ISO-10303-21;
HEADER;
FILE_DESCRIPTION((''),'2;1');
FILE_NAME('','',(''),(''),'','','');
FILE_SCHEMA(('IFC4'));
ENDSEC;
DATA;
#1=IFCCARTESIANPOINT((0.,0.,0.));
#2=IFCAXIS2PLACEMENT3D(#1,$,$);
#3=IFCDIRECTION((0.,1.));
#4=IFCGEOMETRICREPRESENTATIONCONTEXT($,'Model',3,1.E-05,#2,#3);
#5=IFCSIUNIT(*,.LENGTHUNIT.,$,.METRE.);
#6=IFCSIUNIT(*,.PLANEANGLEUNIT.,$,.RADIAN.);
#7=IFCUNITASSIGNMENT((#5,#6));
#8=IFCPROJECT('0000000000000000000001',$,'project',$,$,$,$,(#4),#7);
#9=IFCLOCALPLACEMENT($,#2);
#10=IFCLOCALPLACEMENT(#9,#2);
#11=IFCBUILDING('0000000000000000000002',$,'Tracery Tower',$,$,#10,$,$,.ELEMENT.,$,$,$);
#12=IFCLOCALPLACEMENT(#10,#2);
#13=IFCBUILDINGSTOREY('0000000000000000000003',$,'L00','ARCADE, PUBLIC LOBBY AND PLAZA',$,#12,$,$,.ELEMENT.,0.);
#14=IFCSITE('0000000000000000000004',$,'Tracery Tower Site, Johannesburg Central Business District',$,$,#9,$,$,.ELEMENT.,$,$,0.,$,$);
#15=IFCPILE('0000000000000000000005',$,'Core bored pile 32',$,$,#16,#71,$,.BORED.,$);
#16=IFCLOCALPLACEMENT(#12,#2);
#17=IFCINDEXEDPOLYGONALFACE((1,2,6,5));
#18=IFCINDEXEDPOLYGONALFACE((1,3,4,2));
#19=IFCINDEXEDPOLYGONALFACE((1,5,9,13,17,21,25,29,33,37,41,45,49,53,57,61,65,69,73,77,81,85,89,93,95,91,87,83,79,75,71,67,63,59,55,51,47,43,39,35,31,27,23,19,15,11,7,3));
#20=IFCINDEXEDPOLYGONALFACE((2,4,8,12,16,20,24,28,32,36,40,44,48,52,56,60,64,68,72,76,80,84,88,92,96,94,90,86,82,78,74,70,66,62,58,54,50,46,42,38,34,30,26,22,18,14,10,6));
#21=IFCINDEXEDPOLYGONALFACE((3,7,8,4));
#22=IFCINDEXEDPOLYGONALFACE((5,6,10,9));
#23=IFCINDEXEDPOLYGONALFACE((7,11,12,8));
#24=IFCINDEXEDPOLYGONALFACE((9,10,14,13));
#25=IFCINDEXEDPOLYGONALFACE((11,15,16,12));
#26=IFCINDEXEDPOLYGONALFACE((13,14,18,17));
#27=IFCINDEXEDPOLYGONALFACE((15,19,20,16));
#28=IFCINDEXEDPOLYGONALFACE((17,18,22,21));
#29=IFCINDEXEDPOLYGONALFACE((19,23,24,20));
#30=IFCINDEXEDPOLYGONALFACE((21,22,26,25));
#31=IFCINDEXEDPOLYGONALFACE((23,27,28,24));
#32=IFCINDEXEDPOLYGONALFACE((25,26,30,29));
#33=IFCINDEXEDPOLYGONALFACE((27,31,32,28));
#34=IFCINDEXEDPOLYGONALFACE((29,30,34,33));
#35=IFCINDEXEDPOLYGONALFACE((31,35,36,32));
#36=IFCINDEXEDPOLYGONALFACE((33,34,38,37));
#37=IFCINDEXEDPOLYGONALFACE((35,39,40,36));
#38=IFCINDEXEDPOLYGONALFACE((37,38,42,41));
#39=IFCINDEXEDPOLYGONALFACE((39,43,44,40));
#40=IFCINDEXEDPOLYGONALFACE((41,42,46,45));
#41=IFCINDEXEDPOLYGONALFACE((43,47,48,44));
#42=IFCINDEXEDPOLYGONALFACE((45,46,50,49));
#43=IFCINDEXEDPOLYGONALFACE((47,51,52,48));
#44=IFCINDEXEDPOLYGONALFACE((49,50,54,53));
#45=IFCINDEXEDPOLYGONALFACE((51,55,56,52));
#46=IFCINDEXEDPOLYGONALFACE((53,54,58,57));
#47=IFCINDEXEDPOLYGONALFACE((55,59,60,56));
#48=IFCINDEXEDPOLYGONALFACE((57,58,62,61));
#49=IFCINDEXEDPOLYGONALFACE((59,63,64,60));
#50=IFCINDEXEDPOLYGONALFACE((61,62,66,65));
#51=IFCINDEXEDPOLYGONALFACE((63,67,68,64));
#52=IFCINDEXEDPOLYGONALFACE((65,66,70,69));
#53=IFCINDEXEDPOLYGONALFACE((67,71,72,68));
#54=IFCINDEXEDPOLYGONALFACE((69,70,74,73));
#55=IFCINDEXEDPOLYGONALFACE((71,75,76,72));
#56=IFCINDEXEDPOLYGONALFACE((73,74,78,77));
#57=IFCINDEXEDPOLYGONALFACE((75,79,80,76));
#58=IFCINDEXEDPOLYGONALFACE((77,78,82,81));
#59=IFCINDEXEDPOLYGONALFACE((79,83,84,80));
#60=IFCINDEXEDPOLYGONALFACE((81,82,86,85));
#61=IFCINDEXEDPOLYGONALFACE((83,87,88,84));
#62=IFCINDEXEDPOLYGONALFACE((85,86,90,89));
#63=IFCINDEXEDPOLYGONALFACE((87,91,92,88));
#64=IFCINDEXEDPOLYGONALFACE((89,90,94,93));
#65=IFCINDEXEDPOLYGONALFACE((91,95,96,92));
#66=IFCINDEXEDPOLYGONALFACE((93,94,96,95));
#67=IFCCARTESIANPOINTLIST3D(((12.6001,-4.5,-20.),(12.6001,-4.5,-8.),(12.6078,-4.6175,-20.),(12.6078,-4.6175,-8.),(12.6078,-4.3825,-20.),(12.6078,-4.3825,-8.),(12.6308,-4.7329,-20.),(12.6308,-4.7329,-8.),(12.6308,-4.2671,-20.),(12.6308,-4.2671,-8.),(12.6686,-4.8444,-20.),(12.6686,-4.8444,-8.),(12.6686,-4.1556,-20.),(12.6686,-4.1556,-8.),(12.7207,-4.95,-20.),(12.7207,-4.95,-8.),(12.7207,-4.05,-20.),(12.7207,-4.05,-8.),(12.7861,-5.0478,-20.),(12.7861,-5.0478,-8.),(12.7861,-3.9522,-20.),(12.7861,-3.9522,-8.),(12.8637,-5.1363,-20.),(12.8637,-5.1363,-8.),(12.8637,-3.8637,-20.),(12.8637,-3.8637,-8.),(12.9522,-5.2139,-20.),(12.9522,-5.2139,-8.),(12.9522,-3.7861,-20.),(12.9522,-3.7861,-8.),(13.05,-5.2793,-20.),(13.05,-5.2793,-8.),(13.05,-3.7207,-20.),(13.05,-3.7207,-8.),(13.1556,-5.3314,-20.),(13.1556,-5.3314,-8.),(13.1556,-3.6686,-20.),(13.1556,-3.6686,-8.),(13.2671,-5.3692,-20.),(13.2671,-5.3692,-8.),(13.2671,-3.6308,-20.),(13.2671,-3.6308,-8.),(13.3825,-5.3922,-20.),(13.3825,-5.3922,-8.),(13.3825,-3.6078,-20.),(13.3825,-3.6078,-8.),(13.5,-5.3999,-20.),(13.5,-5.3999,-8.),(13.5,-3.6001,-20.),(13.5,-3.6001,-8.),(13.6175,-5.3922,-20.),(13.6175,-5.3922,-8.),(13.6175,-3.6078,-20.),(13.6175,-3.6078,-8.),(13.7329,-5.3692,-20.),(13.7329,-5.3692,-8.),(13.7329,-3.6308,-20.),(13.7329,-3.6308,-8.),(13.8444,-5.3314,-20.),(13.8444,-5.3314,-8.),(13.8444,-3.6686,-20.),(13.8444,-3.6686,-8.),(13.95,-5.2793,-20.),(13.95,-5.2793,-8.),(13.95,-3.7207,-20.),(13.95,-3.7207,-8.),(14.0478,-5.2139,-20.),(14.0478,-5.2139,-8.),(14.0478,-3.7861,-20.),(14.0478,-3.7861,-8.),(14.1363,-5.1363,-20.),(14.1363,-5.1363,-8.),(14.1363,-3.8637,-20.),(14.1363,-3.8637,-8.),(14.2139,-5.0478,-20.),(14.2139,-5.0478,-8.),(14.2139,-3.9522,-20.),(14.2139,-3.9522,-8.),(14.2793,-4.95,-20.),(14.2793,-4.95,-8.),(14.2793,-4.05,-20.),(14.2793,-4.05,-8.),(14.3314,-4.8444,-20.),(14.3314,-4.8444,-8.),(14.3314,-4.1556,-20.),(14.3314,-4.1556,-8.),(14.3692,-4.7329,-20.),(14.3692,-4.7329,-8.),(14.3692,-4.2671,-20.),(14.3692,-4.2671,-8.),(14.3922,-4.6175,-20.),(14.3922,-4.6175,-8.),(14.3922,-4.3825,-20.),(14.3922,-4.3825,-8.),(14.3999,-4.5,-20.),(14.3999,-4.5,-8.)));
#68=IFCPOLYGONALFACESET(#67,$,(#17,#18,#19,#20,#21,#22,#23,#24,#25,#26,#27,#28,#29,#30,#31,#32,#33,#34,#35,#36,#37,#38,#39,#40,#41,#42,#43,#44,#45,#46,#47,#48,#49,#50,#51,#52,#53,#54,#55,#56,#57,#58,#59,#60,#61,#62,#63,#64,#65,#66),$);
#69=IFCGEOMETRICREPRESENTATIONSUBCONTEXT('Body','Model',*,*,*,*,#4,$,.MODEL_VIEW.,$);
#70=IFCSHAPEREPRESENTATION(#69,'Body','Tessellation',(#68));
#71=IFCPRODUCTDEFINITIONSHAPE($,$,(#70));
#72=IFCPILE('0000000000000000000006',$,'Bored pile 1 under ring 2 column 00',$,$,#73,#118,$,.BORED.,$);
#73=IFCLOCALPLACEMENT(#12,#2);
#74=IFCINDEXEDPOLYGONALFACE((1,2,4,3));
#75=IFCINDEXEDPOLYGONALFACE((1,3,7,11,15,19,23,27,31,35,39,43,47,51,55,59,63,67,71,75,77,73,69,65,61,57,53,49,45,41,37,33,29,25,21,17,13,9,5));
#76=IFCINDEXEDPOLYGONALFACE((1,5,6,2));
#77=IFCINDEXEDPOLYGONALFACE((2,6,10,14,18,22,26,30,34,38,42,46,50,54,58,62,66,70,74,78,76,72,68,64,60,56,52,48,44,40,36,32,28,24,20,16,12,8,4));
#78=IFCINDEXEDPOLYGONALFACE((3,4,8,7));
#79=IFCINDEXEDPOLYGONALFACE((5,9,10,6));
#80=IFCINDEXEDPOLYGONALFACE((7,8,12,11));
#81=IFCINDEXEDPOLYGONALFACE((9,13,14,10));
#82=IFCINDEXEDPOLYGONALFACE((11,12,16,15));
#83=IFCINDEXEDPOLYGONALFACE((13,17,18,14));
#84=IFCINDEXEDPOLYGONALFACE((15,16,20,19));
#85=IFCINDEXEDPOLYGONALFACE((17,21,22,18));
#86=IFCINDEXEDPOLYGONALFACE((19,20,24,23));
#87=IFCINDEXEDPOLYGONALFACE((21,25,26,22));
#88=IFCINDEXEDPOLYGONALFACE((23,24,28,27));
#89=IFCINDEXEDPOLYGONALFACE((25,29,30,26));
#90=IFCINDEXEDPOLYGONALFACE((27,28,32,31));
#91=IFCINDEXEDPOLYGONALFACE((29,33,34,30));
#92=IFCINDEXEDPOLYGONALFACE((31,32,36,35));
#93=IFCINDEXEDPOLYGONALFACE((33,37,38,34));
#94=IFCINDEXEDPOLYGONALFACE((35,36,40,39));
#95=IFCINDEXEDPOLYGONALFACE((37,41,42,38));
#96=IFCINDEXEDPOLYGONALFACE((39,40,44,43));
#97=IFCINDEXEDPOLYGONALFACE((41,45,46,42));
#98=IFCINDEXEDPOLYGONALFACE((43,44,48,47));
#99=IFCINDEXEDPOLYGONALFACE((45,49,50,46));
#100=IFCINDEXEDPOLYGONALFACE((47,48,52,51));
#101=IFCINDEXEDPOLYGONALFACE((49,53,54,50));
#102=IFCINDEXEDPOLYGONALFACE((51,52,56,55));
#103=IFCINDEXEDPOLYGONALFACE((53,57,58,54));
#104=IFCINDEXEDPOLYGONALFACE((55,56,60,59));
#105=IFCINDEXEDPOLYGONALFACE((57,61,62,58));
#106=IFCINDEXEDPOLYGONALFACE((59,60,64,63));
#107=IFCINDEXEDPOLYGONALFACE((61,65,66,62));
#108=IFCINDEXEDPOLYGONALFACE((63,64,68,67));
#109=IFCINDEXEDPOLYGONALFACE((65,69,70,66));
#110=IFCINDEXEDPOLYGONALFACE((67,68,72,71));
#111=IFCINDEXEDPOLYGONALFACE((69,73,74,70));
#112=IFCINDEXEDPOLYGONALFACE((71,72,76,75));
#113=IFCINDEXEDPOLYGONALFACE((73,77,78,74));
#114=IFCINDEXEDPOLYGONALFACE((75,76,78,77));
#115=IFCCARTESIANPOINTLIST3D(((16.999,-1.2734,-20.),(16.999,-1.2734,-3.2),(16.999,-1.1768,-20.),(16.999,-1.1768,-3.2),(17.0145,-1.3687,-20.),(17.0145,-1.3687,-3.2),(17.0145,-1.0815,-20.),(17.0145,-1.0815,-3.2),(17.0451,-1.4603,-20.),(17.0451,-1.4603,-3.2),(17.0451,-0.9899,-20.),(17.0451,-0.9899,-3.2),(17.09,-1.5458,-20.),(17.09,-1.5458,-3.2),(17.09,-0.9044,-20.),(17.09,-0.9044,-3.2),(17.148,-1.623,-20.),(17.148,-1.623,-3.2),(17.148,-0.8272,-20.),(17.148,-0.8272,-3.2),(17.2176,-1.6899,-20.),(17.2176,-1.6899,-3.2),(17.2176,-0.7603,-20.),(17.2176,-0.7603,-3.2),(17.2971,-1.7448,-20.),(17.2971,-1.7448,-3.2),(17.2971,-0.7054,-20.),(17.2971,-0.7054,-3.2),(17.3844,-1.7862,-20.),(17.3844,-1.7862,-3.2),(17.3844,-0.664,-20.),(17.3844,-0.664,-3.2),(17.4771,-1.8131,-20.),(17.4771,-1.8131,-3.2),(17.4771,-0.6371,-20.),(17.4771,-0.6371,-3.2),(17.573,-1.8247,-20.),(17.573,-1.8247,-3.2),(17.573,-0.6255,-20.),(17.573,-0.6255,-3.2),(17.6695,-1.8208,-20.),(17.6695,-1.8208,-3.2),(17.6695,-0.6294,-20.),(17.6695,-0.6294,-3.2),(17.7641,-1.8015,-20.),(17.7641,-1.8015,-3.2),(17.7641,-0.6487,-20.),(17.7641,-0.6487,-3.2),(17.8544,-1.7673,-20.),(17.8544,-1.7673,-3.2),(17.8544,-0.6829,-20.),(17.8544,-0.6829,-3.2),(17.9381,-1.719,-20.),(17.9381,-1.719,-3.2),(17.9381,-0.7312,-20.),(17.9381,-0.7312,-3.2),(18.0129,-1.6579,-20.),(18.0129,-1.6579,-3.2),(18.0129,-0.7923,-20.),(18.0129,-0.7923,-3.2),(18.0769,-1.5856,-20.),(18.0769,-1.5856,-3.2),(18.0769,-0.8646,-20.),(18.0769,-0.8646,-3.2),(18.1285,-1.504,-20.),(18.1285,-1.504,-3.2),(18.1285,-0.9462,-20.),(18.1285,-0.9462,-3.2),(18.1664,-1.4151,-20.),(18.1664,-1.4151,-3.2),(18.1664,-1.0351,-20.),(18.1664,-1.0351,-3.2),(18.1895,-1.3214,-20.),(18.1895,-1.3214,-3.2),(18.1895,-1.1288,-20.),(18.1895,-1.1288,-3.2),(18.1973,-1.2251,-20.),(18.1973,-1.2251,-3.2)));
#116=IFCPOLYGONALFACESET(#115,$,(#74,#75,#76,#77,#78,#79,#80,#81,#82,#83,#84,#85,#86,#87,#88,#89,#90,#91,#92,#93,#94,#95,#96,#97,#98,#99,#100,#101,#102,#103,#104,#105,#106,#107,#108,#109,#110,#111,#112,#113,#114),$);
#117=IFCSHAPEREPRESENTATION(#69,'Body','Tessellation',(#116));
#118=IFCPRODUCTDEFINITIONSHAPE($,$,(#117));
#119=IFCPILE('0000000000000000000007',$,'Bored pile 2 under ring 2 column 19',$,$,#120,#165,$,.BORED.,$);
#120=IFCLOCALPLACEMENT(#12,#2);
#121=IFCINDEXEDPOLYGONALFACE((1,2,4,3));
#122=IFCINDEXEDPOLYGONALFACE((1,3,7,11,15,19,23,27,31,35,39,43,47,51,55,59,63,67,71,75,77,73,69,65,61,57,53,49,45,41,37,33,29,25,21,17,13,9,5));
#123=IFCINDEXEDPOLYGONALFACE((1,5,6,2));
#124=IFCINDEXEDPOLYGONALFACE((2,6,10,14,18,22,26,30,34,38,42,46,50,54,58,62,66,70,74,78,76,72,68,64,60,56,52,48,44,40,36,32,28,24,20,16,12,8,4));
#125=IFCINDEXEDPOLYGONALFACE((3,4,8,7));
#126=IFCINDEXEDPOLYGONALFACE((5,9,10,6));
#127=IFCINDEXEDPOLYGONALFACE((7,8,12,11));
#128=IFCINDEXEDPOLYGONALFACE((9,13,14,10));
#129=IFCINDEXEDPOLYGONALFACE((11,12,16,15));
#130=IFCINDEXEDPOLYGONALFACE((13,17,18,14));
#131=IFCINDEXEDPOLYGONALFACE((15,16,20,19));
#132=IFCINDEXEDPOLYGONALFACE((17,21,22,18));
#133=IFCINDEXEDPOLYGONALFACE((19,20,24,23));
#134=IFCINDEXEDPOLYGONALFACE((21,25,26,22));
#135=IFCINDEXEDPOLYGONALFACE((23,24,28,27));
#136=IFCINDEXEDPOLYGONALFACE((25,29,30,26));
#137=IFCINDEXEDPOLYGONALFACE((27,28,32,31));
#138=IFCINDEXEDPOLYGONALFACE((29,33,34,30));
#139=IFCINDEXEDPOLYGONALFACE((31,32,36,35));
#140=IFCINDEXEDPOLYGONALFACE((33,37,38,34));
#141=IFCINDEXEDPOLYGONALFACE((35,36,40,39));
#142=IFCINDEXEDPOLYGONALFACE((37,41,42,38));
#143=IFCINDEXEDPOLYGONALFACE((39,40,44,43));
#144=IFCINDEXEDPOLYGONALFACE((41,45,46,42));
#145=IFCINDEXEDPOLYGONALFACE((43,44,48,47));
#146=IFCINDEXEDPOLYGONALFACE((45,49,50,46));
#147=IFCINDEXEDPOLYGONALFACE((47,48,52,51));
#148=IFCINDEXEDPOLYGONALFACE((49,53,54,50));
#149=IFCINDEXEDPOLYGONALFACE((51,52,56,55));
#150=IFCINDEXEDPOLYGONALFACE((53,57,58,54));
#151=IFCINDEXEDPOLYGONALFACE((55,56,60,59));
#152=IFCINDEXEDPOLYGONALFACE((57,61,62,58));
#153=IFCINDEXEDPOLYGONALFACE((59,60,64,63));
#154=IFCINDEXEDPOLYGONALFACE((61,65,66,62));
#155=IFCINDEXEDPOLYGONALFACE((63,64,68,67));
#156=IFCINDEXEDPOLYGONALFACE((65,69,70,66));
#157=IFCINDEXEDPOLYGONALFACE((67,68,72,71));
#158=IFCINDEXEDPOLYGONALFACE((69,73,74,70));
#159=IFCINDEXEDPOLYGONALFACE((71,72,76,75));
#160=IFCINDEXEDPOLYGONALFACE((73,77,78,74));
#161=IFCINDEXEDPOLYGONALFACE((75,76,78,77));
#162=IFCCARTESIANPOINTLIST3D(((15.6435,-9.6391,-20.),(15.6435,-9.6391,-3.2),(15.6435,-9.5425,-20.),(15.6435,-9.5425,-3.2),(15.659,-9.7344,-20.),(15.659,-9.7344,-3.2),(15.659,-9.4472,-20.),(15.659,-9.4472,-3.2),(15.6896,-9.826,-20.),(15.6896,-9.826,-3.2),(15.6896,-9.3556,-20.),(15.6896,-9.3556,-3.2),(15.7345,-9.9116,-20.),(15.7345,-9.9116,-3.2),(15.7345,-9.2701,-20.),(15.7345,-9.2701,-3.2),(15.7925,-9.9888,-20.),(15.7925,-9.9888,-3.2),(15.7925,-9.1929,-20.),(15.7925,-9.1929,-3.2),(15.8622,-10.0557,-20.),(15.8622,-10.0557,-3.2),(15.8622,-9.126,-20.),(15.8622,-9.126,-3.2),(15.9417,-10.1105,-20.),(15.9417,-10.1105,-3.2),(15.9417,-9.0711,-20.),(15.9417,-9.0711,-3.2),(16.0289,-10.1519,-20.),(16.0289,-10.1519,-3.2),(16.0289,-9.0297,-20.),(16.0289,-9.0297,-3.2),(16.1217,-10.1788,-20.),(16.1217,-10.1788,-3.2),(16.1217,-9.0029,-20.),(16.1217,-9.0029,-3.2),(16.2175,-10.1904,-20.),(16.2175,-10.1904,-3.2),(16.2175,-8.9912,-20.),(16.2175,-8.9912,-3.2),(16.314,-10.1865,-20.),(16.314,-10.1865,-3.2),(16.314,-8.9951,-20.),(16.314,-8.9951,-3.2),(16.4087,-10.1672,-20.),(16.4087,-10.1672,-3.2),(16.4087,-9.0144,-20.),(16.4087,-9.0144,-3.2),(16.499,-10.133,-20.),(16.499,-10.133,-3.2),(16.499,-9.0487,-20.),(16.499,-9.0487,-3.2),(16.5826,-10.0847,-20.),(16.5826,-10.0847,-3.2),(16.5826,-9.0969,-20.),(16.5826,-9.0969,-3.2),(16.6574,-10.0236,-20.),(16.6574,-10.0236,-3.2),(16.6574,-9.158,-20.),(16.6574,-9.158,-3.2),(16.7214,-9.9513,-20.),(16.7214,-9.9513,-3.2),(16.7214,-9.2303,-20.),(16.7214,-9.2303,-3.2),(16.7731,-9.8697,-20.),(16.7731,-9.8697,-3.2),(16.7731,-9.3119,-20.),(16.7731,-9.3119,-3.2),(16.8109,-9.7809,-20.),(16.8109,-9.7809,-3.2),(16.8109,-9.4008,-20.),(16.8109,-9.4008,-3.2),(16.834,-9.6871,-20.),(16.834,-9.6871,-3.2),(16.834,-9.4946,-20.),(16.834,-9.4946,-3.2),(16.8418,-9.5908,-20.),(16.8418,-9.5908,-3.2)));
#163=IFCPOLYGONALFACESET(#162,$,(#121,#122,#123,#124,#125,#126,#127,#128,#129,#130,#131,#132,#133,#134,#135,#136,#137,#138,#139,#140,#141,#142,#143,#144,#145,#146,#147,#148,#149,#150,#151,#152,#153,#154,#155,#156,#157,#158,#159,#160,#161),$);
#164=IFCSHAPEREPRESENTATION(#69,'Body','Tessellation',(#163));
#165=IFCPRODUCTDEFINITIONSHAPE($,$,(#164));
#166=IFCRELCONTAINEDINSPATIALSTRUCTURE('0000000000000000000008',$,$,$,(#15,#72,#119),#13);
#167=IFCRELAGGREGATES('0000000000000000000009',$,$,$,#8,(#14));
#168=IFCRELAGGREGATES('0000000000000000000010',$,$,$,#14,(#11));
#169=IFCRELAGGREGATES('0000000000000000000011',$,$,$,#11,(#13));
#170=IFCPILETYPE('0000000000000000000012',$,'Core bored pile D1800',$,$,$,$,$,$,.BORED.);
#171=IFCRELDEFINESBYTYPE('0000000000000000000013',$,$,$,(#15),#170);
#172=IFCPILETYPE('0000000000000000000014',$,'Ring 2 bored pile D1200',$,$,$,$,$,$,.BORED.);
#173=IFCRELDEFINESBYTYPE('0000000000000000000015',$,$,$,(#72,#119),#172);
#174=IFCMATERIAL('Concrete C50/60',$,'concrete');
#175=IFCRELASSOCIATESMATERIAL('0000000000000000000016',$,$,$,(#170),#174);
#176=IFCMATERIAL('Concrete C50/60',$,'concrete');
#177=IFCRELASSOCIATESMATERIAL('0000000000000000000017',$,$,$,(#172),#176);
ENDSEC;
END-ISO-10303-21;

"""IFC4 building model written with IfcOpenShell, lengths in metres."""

from ifc_helpers import new_model, si_unit, direction, frame, origin, origin_2d, place, context, subcontext, project, spatial, circle, extrude, material, material_profile, profile_set, type_object, element, save


model = new_model("IFC4")

# Units and contexts
model_context = context("Model", 3, precision=1e-05, world=origin(), true_north=direction((0.0, 1.0)))
body_context = subcontext(model_context, "Body", "Model", "MODEL_VIEW")
ifc_project = project(units=[si_unit("LENGTHUNIT", "METRE"), si_unit("PLANEANGLEUNIT", "RADIAN")], contexts=[model_context])

# Site, building, storey
site_placement = place(None, origin())
site = spatial("IfcSite", under=ifc_project, at=site_placement, Name="Tracery Tower Site, Johannesburg Central Business District", CompositionType="ELEMENT", RefElevation=0.0)
building_placement = place(site_placement, origin())
building = spatial("IfcBuilding", under=site, at=building_placement, Name="Tracery Tower", CompositionType="ELEMENT")
storey_placement = place(building_placement, origin())
storey = spatial("IfcBuildingStorey", under=building, at=storey_placement, Name="L00", Description="ARCADE, PUBLIC LOBBY AND PLAZA", CompositionType="ELEMENT", Elevation=0.0)

# Piles
ifc_material_1 = material(Name="Concrete C50/60", Category="concrete")
ifc_material_profile_1 = material_profile(ifc_material_1, circle(Radius=0.8999, at=origin_2d()), Name="RC D1800")
ifc_profile_set_1 = profile_set([ifc_material_profile_1], Name="Concrete C50/60")
pile_type_1 = type_object("IfcPileType", Name="Core bored pile D1800", PredefinedType="BORED", material=ifc_profile_set_1)
for number, where, z_axis, x_axis, name in (
    (1, (13.5, -4.5, -8.0), (0.0, 0.0, -1.0), (1.0, 0.0, 0.0), "Core bored pile 32"),
):
    element("IfcPile", number, at=place(storey_placement, frame(where, z_axis=z_axis, x_axis=x_axis)), inside=storey, type_object=pile_type_1, Name=name, PredefinedType="BORED", context=body_context, shape_type="SweptSolid", body=[
        extrude(circle(Radius=0.8999, at=origin_2d()), origin(), (0.0, 0.0, 1.0), 12.0),
    ])
ifc_material_2 = material(Name="Concrete C50/60", Category="concrete")
ifc_material_profile_2 = material_profile(ifc_material_2, circle(Radius=0.6001, at=origin_2d()), Name="RC D1200")
ifc_profile_set_2 = profile_set([ifc_material_profile_2], Name="Concrete C50/60")
pile_type_2 = type_object("IfcPileType", Name="Ring 2 bored pile D1200", PredefinedType="BORED", material=ifc_profile_set_2)
for number, where, z_axis, x_axis, name in (
    (2, (17.5972, -1.2251, -3.2), (0.0, 0.0, -1.0), (1.0, 0.0, 0.0), "Bored pile 1 under ring 2 column 00"),
    (3, (16.2417, -9.5908, -3.2), (0.0, 0.0, -1.0), (1.0, 0.0, 0.0), "Bored pile 2 under ring 2 column 19"),
):
    element("IfcPile", number, at=place(storey_placement, frame(where, z_axis=z_axis, x_axis=x_axis)), inside=storey, type_object=pile_type_2, Name=name, PredefinedType="BORED", context=body_context, shape_type="SweptSolid", body=[
        extrude(circle(Radius=0.6001, at=origin_2d()), origin(), (0.0, 0.0, 1.0), 16.8),
    ])

save(model, "model.ifc")
